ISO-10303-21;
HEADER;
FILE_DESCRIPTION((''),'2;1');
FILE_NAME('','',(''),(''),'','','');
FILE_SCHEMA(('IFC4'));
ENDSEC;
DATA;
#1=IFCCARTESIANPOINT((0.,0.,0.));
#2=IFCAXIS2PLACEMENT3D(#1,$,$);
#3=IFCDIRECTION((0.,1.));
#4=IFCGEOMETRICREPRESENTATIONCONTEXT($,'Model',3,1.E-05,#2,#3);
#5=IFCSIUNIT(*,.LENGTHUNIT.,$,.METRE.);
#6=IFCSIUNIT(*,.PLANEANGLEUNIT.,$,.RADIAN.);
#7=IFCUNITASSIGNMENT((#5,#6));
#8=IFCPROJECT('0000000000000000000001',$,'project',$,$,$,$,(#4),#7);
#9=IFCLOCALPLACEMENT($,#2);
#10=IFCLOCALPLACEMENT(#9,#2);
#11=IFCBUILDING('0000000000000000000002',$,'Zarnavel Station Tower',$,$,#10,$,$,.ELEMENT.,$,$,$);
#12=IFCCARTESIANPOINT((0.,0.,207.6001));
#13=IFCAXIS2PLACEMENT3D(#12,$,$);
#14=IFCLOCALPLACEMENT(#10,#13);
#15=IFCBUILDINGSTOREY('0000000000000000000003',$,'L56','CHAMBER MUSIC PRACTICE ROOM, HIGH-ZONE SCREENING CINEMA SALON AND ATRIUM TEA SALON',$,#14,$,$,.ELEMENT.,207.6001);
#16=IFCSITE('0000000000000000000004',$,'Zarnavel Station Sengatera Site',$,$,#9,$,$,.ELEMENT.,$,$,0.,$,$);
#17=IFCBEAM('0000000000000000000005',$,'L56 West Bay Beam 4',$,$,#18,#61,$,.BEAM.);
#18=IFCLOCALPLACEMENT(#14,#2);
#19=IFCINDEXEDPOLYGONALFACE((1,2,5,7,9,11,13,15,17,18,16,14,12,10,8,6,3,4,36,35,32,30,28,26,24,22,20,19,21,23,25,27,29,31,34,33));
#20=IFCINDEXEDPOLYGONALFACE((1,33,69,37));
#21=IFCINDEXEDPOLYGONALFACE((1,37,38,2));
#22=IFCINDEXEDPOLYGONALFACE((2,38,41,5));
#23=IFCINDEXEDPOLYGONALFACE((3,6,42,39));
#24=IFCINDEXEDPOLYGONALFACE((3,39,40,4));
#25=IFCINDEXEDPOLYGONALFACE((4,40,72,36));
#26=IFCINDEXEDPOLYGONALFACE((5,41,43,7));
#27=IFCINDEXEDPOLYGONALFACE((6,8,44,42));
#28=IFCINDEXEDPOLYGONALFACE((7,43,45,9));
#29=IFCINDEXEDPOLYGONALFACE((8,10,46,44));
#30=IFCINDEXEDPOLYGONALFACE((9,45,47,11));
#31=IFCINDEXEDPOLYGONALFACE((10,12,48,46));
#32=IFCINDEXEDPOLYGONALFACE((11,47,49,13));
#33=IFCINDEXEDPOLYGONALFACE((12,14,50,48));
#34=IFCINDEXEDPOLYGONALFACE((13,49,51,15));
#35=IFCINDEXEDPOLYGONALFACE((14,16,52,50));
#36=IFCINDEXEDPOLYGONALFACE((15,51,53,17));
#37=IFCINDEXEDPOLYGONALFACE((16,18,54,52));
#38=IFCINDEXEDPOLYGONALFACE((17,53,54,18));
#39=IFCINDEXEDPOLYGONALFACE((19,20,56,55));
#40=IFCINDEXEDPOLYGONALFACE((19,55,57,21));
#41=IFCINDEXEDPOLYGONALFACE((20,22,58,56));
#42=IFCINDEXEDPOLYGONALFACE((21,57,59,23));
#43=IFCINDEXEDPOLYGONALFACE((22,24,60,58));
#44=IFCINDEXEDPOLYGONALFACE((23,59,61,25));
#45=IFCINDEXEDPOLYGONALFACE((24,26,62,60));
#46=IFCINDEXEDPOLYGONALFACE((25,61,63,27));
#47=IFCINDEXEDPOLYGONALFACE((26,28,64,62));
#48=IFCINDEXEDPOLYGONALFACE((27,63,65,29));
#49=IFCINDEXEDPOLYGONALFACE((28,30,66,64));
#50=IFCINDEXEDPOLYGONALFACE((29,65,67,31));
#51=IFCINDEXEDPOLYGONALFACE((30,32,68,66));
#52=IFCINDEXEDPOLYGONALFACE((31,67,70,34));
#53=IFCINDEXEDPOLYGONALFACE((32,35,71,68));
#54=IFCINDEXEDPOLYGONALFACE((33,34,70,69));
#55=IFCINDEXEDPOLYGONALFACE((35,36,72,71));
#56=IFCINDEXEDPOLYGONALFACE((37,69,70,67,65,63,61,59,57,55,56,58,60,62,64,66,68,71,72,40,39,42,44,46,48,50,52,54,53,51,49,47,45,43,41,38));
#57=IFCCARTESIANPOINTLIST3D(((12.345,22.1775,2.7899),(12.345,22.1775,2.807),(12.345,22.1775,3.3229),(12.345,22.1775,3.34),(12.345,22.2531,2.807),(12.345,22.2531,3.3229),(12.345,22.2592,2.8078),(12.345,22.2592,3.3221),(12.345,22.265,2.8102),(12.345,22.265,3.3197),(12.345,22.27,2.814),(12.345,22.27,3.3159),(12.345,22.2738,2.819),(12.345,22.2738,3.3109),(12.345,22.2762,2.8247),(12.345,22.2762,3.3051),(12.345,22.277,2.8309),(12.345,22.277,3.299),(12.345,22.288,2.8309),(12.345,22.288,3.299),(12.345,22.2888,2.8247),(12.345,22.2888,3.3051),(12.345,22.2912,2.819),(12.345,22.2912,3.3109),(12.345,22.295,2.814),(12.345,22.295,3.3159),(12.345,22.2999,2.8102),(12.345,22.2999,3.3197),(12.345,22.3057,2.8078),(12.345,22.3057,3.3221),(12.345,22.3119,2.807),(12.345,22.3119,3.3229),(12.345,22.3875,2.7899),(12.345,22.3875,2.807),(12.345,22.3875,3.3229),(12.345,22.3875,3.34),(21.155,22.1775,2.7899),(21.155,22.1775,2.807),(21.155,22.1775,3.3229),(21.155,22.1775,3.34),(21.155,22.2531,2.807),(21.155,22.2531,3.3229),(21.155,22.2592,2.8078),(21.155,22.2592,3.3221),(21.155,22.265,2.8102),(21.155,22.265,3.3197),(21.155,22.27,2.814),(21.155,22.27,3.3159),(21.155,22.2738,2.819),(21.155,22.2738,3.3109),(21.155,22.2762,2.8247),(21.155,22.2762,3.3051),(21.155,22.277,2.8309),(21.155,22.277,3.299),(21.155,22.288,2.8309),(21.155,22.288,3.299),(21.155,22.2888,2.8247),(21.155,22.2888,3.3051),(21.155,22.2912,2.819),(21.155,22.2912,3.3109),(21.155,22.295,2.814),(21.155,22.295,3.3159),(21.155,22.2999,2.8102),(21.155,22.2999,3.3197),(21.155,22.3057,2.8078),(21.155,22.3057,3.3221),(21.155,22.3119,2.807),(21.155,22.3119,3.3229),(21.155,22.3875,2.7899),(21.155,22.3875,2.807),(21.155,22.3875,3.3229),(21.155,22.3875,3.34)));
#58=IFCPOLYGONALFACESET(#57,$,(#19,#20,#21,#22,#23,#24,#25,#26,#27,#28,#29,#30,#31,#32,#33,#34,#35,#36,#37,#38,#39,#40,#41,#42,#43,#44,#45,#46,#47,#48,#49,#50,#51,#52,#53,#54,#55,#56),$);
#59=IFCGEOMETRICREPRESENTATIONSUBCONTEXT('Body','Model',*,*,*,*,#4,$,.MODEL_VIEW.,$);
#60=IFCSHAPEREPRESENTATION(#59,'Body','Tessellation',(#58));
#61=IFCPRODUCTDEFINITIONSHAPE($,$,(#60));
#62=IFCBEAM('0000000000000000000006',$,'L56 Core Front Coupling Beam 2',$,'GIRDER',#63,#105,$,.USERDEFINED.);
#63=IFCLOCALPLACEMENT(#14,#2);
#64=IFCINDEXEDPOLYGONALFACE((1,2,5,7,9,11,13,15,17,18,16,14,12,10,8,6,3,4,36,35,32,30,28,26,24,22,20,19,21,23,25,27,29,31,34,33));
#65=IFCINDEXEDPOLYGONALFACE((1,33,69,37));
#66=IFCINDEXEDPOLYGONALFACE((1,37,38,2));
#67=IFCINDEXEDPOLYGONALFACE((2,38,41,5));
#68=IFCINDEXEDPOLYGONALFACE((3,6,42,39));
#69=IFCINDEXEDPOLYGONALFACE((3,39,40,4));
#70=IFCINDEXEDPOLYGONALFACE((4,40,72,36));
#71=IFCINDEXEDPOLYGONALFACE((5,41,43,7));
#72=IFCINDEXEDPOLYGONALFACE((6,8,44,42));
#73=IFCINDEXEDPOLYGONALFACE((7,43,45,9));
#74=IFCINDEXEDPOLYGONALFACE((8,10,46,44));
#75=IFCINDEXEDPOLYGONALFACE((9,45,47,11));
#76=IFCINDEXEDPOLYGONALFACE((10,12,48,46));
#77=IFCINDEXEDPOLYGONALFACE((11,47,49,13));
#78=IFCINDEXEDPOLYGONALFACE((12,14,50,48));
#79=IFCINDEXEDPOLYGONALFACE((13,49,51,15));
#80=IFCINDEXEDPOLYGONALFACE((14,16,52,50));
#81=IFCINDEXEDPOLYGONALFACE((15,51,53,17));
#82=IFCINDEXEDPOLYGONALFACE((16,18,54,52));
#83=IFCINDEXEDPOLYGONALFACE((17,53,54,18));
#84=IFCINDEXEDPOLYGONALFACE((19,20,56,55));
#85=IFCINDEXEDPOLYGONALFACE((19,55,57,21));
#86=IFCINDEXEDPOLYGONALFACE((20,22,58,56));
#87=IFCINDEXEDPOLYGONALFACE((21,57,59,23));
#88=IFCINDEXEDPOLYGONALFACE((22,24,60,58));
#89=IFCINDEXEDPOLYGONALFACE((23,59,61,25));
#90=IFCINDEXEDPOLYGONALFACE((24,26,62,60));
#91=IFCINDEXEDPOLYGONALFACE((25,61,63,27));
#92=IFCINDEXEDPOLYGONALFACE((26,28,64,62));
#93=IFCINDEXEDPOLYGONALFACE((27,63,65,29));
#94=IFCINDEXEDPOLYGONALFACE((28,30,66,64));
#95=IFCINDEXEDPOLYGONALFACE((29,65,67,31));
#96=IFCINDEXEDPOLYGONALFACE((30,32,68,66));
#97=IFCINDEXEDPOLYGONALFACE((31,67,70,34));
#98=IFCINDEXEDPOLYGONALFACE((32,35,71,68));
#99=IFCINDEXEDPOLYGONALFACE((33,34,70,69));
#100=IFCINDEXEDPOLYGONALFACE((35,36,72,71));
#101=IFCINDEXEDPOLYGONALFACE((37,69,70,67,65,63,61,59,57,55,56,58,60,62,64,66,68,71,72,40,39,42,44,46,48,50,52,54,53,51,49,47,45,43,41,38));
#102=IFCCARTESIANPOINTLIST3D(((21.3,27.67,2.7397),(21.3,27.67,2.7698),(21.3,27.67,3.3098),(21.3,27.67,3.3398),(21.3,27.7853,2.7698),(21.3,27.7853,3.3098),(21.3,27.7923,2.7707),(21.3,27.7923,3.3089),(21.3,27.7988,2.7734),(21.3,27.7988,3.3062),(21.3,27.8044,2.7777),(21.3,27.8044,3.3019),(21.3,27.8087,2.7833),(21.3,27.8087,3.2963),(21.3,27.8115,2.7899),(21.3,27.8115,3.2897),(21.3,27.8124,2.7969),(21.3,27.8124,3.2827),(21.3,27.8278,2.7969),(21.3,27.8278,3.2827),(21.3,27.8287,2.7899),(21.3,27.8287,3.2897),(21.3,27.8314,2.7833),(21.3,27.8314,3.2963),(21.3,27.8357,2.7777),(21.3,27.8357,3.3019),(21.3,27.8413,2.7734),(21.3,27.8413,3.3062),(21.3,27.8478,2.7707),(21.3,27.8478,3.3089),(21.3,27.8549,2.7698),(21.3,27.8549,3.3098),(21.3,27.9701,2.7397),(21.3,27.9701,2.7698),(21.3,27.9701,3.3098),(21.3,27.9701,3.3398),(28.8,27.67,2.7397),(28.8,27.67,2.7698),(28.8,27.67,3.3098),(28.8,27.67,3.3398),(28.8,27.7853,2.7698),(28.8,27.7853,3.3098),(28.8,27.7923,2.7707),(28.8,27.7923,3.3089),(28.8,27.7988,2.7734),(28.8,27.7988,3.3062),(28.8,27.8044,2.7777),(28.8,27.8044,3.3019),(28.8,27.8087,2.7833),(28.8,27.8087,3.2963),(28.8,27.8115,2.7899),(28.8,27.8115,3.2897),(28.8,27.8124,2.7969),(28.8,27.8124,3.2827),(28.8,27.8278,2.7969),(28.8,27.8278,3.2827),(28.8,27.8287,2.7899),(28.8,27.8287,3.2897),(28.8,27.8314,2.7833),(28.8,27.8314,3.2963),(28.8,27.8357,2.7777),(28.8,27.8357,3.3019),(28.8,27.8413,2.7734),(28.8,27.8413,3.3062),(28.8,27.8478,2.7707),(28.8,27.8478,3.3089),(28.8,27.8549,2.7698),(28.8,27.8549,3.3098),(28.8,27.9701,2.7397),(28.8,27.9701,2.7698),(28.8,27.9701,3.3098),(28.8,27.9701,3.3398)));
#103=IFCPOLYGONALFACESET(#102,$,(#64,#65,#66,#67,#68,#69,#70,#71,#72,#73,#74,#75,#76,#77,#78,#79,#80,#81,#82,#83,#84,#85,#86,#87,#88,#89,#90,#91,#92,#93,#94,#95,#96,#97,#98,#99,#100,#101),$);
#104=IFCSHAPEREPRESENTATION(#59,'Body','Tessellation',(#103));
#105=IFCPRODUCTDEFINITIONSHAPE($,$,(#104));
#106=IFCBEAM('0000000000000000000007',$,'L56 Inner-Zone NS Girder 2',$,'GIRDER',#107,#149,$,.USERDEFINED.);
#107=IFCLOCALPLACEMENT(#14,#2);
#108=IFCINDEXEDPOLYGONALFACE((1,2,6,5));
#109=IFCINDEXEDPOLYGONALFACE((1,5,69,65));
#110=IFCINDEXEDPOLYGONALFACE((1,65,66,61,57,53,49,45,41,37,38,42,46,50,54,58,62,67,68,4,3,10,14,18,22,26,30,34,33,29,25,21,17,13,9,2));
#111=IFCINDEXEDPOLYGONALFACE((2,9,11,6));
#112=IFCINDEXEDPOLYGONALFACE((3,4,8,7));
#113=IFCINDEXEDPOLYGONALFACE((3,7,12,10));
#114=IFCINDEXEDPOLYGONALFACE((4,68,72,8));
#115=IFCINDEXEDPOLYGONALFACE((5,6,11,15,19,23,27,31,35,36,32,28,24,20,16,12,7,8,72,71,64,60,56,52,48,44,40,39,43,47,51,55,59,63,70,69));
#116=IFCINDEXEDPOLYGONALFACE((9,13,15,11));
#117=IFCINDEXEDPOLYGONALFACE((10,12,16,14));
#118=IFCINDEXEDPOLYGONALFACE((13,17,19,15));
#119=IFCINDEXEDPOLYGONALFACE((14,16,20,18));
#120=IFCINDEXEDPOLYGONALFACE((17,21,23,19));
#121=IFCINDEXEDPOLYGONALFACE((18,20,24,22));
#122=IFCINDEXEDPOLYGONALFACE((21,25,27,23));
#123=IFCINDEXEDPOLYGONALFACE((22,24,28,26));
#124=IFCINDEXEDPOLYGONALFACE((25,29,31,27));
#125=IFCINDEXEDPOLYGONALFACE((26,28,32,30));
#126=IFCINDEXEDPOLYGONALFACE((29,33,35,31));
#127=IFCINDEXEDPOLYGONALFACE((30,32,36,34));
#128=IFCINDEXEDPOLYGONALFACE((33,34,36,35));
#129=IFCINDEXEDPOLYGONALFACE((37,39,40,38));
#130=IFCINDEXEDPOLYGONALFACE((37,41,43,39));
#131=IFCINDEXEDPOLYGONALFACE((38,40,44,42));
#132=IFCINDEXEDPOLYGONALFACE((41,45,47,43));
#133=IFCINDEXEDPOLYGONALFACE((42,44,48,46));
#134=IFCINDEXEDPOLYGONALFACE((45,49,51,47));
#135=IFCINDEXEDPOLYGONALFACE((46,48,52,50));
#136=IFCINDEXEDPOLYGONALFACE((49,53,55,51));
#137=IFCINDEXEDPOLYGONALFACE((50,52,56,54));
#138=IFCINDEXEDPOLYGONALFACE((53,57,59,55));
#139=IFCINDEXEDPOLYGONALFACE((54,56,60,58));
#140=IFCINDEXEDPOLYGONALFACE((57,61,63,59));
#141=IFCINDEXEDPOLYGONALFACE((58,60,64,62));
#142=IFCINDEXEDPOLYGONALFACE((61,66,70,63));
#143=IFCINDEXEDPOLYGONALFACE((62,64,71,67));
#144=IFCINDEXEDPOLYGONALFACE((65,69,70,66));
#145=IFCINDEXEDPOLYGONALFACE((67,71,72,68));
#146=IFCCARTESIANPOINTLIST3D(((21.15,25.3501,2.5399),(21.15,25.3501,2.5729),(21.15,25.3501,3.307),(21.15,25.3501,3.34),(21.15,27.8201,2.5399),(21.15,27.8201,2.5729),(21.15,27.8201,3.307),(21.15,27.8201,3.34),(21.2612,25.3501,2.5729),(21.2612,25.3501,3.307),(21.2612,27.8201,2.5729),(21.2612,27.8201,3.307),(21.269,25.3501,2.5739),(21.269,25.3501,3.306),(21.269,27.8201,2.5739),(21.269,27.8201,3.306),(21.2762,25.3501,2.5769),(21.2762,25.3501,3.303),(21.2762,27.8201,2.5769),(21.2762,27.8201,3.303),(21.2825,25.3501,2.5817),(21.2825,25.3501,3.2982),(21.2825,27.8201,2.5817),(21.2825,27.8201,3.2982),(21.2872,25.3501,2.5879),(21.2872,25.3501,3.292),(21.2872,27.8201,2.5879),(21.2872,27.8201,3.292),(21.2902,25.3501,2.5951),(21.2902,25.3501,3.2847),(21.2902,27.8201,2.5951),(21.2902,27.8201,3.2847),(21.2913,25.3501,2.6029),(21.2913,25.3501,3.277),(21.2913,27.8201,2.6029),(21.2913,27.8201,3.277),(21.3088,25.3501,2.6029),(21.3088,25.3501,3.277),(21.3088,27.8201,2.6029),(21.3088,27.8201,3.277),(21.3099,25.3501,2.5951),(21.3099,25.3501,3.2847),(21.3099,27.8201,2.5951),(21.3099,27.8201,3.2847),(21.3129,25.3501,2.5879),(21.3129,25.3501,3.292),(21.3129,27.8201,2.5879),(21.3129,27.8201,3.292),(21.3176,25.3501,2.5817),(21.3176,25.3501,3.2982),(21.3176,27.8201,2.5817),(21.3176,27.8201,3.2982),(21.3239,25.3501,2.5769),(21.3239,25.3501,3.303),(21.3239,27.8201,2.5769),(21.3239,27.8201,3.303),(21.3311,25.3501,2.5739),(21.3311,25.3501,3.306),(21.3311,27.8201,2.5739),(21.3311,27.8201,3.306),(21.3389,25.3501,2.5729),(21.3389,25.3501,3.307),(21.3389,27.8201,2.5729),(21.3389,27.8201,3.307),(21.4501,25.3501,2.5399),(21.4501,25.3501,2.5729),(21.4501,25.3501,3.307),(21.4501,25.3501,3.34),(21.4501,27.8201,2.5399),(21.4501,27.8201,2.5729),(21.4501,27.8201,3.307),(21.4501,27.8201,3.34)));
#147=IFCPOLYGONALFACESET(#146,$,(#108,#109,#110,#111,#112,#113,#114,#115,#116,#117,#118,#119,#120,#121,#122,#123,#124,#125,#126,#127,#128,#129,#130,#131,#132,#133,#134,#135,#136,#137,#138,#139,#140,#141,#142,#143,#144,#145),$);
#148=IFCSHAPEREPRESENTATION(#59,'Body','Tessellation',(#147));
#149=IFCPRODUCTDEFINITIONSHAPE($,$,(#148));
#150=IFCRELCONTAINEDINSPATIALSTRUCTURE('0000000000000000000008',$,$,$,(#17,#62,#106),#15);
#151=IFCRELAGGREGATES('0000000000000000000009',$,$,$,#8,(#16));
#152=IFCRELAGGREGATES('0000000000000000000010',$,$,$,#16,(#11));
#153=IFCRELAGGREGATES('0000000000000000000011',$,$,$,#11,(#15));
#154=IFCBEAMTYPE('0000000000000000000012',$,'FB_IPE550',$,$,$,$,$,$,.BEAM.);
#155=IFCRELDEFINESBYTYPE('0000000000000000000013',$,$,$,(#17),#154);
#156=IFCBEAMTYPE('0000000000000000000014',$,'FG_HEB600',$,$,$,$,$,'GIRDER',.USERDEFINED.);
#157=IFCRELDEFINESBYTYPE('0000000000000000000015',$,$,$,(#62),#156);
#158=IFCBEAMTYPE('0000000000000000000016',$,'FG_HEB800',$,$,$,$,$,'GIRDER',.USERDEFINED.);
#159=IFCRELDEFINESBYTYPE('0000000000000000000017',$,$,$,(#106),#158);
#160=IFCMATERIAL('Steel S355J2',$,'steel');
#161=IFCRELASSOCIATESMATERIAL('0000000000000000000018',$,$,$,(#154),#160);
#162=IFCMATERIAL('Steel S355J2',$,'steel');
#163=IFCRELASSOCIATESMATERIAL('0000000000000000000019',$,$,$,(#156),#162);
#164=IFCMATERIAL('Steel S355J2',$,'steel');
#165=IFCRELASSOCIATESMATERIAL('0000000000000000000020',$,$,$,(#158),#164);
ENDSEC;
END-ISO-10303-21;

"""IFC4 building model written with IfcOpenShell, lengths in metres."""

from ifc_helpers import new_model, si_unit, direction, frame, origin, origin_2d, place, context, subcontext, project, spatial, i_section, extrude, material, material_profile, profile_set, type_object, element, save


model = new_model("IFC4")

# Units and contexts
model_context = context("Model", 3, precision=1e-05, world=origin(), true_north=direction((0.0, 1.0)))
body_context = subcontext(model_context, "Body", "Model", "MODEL_VIEW")
ifc_project = project(units=[si_unit("LENGTHUNIT", "METRE"), si_unit("PLANEANGLEUNIT", "RADIAN")], contexts=[model_context])

# Site, building, storey
site_placement = place(None, origin())
site = spatial("IfcSite", under=ifc_project, at=site_placement, Name="Zarnavel Station Sengatera Site", CompositionType="ELEMENT", RefElevation=0.0)
building_placement = place(site_placement, origin())
building = spatial("IfcBuilding", under=site, at=building_placement, Name="Zarnavel Station Tower", CompositionType="ELEMENT")
storey_placement = place(building_placement, frame((0.0, 0.0, 207.6001)))
storey = spatial("IfcBuildingStorey", under=building, at=storey_placement, Name="L56", Description="CHAMBER MUSIC PRACTICE ROOM, HIGH-ZONE SCREENING CINEMA SALON AND ATRIUM TEA SALON", CompositionType="ELEMENT", Elevation=207.6001)

# Beams
ifc_material_1 = material(Name="Steel S355J2", Category="steel")
ifc_material_profile_1 = material_profile(ifc_material_1, i_section(OverallWidth=0.21, OverallDepth=0.55, WebThickness=0.011, FlangeThickness=0.0171, FilletRadius=0.0239, at=origin_2d()), Name="IPE550")
ifc_profile_set_1 = profile_set([ifc_material_profile_1], Name="Steel S355J2")
beam_type_1 = type_object("IfcBeamType", Name="FB_IPE550", PredefinedType="BEAM", material=ifc_profile_set_1)
beam_1_placement = place(storey_placement, frame((12.345, 22.2825, 3.0649), z_axis=(1.0, 0.0, 0.0), x_axis=(0.0, 1.0, 0.0)))
element("IfcBeam", 1, at=beam_1_placement, inside=storey, type_object=beam_type_1, Name="L56 West Bay Beam 4", PredefinedType="BEAM", context=body_context, shape_type="SweptSolid", body=[
    extrude(i_section(OverallWidth=0.21, OverallDepth=0.55, WebThickness=0.011, FlangeThickness=0.0171, FilletRadius=0.0239, at=origin_2d()), origin(), (0.0, 0.0, 1.0), 8.8101),
])
ifc_material_2 = material(Name="Steel S355J2", Category="steel")
ifc_material_profile_2 = material_profile(ifc_material_2, i_section(OverallWidth=0.3, OverallDepth=0.6001, WebThickness=0.0154, FlangeThickness=0.03, FilletRadius=0.0271, at=origin_2d()), Name="HEB600")
ifc_profile_set_2 = profile_set([ifc_material_profile_2], Name="Steel S355J2")
beam_type_2 = type_object("IfcBeamType", Name="FG_HEB600", ElementType="GIRDER", PredefinedType="USERDEFINED", material=ifc_profile_set_2)
beam_2_placement = place(storey_placement, frame((21.3, 27.8201, 3.0398), z_axis=(1.0, 0.0, 0.0), x_axis=(0.0, 1.0, 0.0)))
element("IfcBeam", 2, at=beam_2_placement, inside=storey, type_object=beam_type_2, Name="L56 Core Front Coupling Beam 2", ObjectType="GIRDER", PredefinedType="USERDEFINED", context=body_context, shape_type="SweptSolid", body=[
    extrude(i_section(OverallWidth=0.3, OverallDepth=0.6001, WebThickness=0.0154, FlangeThickness=0.03, FilletRadius=0.0271, at=origin_2d()), origin(), (0.0, 0.0, 1.0), 7.5),
])
ifc_material_3 = material(Name="Steel S355J2", Category="steel")
ifc_material_profile_3 = material_profile(ifc_material_3, i_section(OverallWidth=0.3, OverallDepth=0.8, WebThickness=0.0176, FlangeThickness=0.033, FilletRadius=0.03, at=origin_2d()), Name="HEB800")
ifc_profile_set_3 = profile_set([ifc_material_profile_3], Name="Steel S355J2")
beam_type_3 = type_object("IfcBeamType", Name="FG_HEB800", ElementType="GIRDER", PredefinedType="USERDEFINED", material=ifc_profile_set_3)
beam_3_placement = place(storey_placement, frame((21.3, 25.3501, 2.9399), z_axis=(0.0, 1.0, 0.0), x_axis=(-1.0, 0.0, 0.0)))
element("IfcBeam", 3, at=beam_3_placement, inside=storey, type_object=beam_type_3, Name="L56 Inner-Zone NS Girder 2", ObjectType="GIRDER", PredefinedType="USERDEFINED", context=body_context, shape_type="SweptSolid", body=[
    extrude(i_section(OverallWidth=0.3, OverallDepth=0.8, WebThickness=0.0176, FlangeThickness=0.033, FilletRadius=0.03, at=origin_2d()), origin(), (0.0, 0.0, 1.0), 2.47),
])

save(model, "model.ifc")
